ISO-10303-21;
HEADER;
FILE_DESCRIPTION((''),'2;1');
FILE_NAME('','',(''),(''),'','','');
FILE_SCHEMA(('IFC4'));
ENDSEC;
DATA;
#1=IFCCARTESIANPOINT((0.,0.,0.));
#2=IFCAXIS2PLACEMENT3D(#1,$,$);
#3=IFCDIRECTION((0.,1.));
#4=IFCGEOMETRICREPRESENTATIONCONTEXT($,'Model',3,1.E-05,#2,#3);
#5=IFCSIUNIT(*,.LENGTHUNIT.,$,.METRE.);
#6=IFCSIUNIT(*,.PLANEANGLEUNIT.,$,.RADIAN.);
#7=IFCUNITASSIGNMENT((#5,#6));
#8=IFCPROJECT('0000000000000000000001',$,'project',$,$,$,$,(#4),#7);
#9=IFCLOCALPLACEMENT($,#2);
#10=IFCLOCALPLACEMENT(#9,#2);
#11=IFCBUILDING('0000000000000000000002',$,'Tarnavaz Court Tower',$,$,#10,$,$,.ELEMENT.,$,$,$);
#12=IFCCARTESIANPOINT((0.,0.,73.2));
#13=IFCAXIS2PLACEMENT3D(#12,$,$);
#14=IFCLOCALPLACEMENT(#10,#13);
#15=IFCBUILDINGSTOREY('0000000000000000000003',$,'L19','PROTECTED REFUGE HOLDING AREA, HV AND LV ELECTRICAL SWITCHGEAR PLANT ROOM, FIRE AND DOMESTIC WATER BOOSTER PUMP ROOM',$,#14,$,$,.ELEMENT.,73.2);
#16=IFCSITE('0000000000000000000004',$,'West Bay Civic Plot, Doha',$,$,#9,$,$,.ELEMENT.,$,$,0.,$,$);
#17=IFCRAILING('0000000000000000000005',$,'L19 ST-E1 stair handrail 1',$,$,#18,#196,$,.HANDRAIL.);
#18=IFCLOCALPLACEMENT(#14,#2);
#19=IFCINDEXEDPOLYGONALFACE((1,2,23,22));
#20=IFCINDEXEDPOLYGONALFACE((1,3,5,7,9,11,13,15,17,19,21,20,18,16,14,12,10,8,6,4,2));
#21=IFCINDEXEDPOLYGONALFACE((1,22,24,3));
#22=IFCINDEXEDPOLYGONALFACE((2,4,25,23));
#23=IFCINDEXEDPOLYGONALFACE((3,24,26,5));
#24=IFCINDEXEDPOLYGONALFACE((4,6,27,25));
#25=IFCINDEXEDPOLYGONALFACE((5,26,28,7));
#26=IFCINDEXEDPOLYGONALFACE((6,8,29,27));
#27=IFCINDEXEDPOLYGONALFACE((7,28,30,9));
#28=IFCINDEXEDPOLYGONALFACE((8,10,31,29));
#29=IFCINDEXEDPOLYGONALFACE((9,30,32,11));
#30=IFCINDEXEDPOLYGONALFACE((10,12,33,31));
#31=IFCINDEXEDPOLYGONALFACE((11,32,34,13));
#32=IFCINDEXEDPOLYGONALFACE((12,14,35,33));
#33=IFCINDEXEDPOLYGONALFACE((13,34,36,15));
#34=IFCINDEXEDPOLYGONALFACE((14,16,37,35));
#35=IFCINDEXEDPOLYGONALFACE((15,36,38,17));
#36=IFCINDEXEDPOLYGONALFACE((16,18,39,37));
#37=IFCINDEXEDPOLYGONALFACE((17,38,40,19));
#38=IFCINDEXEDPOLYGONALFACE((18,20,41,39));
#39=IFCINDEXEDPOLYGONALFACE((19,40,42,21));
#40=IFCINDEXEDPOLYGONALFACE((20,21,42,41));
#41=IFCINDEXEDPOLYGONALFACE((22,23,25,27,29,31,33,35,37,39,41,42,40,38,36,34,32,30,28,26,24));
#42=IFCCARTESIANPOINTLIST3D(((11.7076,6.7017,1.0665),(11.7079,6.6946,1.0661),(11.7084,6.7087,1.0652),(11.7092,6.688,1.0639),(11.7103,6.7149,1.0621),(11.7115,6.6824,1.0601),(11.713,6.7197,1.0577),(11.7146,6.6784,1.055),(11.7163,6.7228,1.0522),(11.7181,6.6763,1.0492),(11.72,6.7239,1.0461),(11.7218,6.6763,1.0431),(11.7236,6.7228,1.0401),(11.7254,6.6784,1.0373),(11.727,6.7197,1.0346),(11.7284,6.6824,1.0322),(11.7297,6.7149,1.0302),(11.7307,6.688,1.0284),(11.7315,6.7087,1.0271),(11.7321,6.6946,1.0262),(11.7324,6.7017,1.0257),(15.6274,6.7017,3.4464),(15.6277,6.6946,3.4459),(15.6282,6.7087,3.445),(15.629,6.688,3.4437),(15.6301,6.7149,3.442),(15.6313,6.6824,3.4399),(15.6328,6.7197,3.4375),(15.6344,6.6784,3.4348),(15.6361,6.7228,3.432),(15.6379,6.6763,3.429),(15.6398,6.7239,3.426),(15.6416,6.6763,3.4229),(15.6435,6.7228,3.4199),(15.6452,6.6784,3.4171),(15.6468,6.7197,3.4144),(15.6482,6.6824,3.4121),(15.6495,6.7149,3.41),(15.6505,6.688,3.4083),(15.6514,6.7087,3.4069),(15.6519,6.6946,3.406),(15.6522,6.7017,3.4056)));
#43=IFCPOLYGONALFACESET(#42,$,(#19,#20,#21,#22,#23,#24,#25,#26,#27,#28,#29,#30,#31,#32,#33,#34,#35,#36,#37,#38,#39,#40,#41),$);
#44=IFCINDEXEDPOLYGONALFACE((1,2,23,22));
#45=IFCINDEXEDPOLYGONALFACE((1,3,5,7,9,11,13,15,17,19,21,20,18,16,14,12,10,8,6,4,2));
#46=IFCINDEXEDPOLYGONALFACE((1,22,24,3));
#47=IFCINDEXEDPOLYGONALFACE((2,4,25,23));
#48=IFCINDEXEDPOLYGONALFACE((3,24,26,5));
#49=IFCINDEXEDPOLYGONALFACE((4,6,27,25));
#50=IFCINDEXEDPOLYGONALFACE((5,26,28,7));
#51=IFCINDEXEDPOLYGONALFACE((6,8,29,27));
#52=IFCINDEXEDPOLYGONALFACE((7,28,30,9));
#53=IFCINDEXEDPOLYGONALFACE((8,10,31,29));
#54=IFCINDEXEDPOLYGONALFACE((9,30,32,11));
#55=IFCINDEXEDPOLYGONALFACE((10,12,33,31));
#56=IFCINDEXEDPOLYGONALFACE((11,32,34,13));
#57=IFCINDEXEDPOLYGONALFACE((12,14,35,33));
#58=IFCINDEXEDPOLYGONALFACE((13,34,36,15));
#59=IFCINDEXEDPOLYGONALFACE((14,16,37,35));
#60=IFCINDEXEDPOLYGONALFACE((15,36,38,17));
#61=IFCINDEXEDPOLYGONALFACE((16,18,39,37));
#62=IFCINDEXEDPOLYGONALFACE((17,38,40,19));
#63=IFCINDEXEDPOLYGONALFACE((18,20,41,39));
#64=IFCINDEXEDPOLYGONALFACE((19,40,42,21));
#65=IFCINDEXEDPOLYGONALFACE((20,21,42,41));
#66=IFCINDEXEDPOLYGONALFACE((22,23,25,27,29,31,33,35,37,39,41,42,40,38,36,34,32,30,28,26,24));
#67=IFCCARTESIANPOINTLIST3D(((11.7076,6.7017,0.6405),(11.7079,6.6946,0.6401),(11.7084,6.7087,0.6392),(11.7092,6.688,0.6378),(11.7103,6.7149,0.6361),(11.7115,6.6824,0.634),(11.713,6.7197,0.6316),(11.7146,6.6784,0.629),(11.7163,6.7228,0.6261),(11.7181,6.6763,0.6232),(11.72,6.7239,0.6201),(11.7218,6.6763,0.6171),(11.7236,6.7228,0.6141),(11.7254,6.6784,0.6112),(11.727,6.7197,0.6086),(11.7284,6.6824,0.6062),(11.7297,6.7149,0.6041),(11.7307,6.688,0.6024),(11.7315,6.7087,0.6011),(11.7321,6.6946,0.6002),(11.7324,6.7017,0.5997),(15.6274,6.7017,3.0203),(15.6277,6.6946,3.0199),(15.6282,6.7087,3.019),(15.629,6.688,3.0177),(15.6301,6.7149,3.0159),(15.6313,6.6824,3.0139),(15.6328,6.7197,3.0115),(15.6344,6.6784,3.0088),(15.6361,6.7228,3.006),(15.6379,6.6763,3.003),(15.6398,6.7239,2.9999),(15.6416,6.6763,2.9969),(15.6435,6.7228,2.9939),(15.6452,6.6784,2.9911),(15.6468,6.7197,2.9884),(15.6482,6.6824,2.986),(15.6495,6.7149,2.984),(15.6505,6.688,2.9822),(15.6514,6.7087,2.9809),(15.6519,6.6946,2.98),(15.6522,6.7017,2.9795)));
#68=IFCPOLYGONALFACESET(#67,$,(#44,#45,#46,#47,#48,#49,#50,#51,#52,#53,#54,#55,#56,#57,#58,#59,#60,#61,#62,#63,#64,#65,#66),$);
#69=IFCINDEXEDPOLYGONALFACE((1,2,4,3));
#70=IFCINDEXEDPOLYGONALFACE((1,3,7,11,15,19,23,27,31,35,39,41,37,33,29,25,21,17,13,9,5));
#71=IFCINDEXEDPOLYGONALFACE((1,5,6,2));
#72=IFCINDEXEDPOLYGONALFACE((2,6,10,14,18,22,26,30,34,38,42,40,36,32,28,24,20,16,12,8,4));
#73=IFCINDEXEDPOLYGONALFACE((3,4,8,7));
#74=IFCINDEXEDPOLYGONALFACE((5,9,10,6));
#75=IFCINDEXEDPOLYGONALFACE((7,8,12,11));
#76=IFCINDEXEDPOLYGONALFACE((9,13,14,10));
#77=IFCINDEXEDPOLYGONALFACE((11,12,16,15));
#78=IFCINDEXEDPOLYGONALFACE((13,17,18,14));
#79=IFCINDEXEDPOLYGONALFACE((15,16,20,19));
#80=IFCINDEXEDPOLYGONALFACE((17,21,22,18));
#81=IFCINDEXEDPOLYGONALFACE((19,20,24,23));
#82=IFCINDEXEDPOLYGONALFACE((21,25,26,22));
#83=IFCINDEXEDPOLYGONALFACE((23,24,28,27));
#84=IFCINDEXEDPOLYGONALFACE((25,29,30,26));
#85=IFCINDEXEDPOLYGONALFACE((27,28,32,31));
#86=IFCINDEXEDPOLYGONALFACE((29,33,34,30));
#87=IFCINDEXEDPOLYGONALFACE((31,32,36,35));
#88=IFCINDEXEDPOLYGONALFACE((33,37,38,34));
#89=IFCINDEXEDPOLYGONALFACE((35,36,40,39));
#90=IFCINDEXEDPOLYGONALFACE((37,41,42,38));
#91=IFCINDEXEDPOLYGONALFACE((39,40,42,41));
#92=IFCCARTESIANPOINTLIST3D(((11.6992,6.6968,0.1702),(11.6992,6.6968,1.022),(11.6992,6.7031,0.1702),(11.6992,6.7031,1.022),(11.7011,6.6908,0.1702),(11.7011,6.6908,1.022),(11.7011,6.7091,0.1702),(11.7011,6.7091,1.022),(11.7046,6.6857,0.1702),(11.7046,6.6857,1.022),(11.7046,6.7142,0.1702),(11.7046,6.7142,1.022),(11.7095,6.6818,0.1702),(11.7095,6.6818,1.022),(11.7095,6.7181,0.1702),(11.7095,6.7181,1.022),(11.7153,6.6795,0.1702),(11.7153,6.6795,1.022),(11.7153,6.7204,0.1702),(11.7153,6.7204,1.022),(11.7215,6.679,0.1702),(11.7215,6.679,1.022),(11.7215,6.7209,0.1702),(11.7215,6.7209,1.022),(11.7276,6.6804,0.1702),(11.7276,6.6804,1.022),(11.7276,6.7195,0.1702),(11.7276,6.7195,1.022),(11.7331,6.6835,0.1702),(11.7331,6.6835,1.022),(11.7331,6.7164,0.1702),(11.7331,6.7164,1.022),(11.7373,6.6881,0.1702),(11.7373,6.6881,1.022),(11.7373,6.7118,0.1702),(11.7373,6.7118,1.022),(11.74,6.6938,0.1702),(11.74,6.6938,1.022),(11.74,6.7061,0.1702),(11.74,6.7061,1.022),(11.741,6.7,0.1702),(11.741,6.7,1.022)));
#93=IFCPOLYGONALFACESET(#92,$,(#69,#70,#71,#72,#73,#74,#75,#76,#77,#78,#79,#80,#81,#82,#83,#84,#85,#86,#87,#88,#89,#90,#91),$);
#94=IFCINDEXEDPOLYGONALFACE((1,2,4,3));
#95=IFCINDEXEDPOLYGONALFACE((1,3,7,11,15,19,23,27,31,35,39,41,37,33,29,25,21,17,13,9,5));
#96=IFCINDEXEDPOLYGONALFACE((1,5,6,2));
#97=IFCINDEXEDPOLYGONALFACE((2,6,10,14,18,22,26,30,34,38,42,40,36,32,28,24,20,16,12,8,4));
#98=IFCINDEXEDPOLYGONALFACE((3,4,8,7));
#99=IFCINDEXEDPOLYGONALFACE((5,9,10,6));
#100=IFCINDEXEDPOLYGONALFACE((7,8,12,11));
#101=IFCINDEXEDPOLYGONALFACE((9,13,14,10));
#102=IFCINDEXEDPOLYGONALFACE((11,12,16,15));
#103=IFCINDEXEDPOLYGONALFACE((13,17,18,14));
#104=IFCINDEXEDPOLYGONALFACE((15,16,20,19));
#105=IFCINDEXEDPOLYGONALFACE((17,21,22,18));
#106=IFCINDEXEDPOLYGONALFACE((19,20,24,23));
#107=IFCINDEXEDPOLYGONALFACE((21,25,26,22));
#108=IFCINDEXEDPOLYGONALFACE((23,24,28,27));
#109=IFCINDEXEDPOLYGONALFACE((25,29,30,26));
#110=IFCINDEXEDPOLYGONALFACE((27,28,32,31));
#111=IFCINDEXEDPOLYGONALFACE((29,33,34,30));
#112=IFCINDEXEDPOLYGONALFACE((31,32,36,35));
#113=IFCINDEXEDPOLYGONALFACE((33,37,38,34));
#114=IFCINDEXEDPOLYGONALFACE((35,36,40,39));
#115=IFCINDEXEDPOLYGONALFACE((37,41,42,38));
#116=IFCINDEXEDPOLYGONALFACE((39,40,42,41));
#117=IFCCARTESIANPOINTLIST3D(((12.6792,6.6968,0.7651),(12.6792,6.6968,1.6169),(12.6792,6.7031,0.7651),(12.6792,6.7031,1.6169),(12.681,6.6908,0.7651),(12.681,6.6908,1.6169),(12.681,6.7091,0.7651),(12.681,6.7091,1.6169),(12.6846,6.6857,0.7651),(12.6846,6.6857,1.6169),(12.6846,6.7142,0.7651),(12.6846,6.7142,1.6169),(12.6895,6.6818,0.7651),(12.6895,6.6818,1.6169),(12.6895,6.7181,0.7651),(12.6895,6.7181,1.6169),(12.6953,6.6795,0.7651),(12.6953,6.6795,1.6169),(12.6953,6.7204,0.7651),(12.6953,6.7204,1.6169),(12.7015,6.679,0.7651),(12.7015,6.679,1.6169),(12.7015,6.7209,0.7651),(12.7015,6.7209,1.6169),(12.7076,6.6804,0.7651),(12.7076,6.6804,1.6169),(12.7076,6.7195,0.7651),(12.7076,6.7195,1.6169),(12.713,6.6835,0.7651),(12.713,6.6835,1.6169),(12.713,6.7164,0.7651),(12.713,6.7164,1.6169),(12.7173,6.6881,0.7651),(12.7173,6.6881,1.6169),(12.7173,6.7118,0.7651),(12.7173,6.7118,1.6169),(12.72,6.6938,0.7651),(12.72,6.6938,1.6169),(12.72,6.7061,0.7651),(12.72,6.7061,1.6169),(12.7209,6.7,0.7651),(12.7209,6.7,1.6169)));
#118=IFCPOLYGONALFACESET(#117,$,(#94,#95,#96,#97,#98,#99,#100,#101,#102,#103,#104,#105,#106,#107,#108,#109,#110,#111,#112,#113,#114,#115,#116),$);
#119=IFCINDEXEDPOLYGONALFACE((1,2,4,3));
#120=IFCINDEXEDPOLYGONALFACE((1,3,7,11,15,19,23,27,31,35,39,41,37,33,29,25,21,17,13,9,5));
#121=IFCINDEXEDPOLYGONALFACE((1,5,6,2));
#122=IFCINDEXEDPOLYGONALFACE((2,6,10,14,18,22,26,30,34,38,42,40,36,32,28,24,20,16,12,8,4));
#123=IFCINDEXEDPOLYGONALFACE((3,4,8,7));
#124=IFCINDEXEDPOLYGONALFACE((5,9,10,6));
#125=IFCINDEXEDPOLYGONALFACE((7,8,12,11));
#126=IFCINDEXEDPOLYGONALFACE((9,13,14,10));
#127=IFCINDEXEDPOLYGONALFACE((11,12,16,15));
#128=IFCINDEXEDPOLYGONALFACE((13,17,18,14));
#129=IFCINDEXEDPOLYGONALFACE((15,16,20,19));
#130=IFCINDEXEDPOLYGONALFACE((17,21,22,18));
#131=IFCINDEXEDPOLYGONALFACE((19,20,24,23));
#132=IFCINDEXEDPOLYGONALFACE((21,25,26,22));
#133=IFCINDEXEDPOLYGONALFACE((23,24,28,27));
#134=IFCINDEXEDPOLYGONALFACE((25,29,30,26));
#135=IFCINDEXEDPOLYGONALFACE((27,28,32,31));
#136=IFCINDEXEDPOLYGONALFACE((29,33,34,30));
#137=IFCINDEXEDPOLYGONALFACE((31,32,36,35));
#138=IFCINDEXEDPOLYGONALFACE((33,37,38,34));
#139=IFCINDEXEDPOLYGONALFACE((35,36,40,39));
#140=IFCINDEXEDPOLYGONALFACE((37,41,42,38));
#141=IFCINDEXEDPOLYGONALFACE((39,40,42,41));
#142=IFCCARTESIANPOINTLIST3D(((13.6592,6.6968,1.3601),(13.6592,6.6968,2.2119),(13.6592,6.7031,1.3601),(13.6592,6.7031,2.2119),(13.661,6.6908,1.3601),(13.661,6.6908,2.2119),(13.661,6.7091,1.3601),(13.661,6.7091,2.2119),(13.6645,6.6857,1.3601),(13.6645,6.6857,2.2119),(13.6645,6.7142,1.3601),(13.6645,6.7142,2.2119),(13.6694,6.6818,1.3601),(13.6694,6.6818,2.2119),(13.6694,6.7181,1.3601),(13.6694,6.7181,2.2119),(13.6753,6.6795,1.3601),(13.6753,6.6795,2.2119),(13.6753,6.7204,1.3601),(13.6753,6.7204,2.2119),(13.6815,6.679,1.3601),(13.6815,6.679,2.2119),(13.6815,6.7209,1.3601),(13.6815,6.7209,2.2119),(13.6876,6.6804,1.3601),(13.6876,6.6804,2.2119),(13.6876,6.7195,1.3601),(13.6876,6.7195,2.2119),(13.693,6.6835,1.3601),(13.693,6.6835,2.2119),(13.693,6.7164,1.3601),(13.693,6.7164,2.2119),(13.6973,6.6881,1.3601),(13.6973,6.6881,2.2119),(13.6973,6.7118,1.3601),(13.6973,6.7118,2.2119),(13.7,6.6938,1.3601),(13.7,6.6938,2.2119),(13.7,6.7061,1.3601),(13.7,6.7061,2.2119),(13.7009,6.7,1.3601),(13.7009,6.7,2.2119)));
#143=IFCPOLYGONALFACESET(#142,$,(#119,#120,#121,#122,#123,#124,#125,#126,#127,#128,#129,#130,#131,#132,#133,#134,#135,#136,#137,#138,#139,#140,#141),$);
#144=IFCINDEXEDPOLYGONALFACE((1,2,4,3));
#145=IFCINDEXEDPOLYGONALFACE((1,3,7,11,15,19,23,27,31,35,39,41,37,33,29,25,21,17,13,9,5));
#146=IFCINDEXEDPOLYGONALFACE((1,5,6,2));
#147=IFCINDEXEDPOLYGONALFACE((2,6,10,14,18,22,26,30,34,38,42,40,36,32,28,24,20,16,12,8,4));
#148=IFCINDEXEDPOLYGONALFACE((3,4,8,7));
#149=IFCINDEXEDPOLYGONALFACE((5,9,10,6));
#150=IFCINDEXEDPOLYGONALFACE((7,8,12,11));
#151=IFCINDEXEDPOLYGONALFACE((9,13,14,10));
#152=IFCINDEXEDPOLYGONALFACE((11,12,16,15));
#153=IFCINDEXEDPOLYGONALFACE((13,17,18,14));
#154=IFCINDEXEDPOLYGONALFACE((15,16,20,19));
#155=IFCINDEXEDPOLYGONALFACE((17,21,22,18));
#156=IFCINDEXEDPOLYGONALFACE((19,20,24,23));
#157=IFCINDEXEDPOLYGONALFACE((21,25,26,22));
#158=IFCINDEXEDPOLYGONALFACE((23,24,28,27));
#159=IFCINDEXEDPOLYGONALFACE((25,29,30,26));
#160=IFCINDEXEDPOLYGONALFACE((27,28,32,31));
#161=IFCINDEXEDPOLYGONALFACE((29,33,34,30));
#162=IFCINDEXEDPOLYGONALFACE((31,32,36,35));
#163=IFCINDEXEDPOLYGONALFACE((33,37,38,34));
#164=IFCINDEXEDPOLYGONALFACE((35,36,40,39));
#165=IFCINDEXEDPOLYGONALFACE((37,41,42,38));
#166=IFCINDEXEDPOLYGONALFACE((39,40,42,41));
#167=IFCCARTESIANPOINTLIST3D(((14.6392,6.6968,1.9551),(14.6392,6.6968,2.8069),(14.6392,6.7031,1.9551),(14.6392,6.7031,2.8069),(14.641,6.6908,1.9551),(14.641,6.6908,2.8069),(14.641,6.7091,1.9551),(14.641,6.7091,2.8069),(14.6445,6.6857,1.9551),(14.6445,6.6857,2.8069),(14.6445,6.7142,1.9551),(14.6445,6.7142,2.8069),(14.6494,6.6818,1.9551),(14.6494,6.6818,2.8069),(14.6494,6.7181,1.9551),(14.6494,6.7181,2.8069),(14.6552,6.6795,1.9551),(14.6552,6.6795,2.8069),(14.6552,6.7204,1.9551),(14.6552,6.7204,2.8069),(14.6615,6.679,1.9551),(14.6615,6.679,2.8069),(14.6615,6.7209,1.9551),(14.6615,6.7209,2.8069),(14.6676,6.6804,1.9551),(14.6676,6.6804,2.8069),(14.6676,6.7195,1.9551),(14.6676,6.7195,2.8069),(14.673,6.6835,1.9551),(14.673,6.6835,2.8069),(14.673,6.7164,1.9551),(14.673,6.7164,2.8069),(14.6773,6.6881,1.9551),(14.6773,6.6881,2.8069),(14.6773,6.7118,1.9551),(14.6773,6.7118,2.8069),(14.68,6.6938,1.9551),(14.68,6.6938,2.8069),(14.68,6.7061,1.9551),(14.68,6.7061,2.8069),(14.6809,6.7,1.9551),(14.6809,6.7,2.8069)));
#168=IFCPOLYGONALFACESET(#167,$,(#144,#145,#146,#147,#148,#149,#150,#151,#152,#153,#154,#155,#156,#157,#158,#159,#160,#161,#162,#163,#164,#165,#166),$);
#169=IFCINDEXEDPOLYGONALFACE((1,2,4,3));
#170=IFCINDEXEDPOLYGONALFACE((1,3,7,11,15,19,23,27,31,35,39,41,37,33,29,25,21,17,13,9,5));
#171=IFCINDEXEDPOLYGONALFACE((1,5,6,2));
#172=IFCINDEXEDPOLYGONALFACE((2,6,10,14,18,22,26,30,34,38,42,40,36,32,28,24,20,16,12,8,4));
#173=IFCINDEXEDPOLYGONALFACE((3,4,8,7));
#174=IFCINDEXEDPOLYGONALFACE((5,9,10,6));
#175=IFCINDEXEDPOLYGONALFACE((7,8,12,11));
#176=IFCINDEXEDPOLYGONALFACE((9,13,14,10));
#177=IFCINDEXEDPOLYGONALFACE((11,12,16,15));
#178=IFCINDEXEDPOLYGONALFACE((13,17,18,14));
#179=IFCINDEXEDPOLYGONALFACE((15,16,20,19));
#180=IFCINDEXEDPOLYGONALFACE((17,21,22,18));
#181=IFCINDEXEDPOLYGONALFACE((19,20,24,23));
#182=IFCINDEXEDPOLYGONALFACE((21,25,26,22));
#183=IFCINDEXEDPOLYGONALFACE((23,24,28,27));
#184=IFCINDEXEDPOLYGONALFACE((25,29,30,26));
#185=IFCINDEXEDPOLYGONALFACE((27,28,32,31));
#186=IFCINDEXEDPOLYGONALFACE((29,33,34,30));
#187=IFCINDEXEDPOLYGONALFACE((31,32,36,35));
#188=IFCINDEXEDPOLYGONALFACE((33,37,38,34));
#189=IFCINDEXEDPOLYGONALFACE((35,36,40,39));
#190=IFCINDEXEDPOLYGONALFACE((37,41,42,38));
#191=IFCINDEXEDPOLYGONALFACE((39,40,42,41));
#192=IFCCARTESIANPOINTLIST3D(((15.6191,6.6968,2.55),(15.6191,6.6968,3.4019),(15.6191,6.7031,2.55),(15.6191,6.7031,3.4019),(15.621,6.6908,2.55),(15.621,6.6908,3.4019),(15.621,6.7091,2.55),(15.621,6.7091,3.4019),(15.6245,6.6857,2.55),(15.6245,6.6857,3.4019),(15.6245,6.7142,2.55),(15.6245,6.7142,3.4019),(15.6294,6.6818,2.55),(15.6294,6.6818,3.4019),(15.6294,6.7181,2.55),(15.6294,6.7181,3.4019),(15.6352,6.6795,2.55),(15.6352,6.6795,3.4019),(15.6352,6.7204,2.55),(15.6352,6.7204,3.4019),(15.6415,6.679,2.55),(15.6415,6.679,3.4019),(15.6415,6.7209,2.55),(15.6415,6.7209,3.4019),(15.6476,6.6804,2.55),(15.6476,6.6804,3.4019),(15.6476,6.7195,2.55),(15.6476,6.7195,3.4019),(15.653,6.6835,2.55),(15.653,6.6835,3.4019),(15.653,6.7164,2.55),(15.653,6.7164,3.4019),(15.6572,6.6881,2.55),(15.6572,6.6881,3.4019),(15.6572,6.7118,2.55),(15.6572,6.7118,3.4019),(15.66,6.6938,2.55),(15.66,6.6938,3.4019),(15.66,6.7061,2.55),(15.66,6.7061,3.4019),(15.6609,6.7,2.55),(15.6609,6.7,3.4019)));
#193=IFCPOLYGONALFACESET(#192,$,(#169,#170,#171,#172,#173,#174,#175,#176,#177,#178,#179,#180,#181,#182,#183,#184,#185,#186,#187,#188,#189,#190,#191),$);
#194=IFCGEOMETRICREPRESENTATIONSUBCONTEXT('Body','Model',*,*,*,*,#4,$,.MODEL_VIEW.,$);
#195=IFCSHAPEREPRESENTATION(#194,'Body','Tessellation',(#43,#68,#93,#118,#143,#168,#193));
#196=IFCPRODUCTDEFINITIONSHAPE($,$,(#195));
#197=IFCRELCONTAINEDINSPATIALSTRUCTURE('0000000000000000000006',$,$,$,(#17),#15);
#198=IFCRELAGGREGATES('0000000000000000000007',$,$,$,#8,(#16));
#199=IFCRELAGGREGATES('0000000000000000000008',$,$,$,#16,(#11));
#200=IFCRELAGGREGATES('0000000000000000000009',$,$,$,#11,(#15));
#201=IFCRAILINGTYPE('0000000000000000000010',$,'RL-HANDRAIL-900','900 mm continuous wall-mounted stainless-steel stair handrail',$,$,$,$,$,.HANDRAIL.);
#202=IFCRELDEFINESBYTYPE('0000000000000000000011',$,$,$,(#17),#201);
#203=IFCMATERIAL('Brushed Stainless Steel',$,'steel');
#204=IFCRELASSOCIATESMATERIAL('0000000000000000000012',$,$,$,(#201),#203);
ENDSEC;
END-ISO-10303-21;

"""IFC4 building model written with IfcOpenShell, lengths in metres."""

from ifc_helpers import new_model, si_unit, direction, frame, origin, origin_2d, place, context, subcontext, project, spatial, circle, extrude, material, type_object, element, save


model = new_model("IFC4")

# Units and contexts
model_context = context("Model", 3, precision=1e-05, world=origin(), true_north=direction((0.0, 1.0)))
body_context = subcontext(model_context, "Body", "Model", "MODEL_VIEW")
ifc_project = project(units=[si_unit("LENGTHUNIT", "METRE"), si_unit("PLANEANGLEUNIT", "RADIAN")], contexts=[model_context])

# Site, building, storey
site_placement = place(None, origin())
site = spatial("IfcSite", under=ifc_project, at=site_placement, Name="West Bay Civic Plot, Doha", CompositionType="ELEMENT", RefElevation=0.0)
building_placement = place(site_placement, origin())
building = spatial("IfcBuilding", under=site, at=building_placement, Name="Tarnavaz Court Tower", CompositionType="ELEMENT")
storey_placement = place(building_placement, frame((0.0, 0.0, 73.2)))
storey = spatial("IfcBuildingStorey", under=building, at=storey_placement, Name="L19", Description="PROTECTED REFUGE HOLDING AREA, HV AND LV ELECTRICAL SWITCHGEAR PLANT ROOM, FIRE AND DOMESTIC WATER BOOSTER PUMP ROOM", CompositionType="ELEMENT", Elevation=73.2)

# Railing
ifc_material_1 = material(Name="Brushed Stainless Steel", Category="steel")
railing_type = type_object("IfcRailingType", Name="RL-HANDRAIL-900", Description="900 mm continuous wall-mounted stainless-steel stair handrail", PredefinedType="HANDRAIL", material=ifc_material_1)
railing_placement = place(storey_placement, frame((11.72, 6.7, 0.1702)))
element("IfcRailing", 1, at=railing_placement, inside=storey, type_object=railing_type, Name="L19 ST-E1 stair handrail 1", PredefinedType="HANDRAIL", context=body_context, shape_type="SweptSolid", body=[
    extrude(circle(Radius=0.0239, at=origin_2d()), frame((0.0, 0.0, 0.876), z_axis=(0.854794, 0.0, 0.518967), x_axis=(0.0, 1.0, 0.0)), (0.0, 0.0, 1.0), 4.5857),
    extrude(circle(Radius=0.0239, at=origin_2d()), frame((0.0, 0.0, 0.45), z_axis=(0.854794, 0.0, 0.518967), x_axis=(0.0, 1.0, 0.0)), (0.0, 0.0, 1.0), 4.5857),
    extrude(circle(Radius=0.021, at=origin_2d()), origin(), (0.0, 0.0, 1.0), 0.8518),
    extrude(circle(Radius=0.021, at=origin_2d()), frame((0.98, 0.0, 0.595)), (0.0, 0.0, 1.0), 0.8518),
    extrude(circle(Radius=0.021, at=origin_2d()), frame((1.96, 0.0, 1.1899)), (0.0, 0.0, 1.0), 0.8518),
    extrude(circle(Radius=0.021, at=origin_2d()), frame((2.9399, 0.0, 1.7849)), (0.0, 0.0, 1.0), 0.8518),
    extrude(circle(Radius=0.021, at=origin_2d()), frame((3.9199, 0.0, 2.3799)), (0.0, 0.0, 1.0), 0.8518),
])

save(model, "model.ifc")
